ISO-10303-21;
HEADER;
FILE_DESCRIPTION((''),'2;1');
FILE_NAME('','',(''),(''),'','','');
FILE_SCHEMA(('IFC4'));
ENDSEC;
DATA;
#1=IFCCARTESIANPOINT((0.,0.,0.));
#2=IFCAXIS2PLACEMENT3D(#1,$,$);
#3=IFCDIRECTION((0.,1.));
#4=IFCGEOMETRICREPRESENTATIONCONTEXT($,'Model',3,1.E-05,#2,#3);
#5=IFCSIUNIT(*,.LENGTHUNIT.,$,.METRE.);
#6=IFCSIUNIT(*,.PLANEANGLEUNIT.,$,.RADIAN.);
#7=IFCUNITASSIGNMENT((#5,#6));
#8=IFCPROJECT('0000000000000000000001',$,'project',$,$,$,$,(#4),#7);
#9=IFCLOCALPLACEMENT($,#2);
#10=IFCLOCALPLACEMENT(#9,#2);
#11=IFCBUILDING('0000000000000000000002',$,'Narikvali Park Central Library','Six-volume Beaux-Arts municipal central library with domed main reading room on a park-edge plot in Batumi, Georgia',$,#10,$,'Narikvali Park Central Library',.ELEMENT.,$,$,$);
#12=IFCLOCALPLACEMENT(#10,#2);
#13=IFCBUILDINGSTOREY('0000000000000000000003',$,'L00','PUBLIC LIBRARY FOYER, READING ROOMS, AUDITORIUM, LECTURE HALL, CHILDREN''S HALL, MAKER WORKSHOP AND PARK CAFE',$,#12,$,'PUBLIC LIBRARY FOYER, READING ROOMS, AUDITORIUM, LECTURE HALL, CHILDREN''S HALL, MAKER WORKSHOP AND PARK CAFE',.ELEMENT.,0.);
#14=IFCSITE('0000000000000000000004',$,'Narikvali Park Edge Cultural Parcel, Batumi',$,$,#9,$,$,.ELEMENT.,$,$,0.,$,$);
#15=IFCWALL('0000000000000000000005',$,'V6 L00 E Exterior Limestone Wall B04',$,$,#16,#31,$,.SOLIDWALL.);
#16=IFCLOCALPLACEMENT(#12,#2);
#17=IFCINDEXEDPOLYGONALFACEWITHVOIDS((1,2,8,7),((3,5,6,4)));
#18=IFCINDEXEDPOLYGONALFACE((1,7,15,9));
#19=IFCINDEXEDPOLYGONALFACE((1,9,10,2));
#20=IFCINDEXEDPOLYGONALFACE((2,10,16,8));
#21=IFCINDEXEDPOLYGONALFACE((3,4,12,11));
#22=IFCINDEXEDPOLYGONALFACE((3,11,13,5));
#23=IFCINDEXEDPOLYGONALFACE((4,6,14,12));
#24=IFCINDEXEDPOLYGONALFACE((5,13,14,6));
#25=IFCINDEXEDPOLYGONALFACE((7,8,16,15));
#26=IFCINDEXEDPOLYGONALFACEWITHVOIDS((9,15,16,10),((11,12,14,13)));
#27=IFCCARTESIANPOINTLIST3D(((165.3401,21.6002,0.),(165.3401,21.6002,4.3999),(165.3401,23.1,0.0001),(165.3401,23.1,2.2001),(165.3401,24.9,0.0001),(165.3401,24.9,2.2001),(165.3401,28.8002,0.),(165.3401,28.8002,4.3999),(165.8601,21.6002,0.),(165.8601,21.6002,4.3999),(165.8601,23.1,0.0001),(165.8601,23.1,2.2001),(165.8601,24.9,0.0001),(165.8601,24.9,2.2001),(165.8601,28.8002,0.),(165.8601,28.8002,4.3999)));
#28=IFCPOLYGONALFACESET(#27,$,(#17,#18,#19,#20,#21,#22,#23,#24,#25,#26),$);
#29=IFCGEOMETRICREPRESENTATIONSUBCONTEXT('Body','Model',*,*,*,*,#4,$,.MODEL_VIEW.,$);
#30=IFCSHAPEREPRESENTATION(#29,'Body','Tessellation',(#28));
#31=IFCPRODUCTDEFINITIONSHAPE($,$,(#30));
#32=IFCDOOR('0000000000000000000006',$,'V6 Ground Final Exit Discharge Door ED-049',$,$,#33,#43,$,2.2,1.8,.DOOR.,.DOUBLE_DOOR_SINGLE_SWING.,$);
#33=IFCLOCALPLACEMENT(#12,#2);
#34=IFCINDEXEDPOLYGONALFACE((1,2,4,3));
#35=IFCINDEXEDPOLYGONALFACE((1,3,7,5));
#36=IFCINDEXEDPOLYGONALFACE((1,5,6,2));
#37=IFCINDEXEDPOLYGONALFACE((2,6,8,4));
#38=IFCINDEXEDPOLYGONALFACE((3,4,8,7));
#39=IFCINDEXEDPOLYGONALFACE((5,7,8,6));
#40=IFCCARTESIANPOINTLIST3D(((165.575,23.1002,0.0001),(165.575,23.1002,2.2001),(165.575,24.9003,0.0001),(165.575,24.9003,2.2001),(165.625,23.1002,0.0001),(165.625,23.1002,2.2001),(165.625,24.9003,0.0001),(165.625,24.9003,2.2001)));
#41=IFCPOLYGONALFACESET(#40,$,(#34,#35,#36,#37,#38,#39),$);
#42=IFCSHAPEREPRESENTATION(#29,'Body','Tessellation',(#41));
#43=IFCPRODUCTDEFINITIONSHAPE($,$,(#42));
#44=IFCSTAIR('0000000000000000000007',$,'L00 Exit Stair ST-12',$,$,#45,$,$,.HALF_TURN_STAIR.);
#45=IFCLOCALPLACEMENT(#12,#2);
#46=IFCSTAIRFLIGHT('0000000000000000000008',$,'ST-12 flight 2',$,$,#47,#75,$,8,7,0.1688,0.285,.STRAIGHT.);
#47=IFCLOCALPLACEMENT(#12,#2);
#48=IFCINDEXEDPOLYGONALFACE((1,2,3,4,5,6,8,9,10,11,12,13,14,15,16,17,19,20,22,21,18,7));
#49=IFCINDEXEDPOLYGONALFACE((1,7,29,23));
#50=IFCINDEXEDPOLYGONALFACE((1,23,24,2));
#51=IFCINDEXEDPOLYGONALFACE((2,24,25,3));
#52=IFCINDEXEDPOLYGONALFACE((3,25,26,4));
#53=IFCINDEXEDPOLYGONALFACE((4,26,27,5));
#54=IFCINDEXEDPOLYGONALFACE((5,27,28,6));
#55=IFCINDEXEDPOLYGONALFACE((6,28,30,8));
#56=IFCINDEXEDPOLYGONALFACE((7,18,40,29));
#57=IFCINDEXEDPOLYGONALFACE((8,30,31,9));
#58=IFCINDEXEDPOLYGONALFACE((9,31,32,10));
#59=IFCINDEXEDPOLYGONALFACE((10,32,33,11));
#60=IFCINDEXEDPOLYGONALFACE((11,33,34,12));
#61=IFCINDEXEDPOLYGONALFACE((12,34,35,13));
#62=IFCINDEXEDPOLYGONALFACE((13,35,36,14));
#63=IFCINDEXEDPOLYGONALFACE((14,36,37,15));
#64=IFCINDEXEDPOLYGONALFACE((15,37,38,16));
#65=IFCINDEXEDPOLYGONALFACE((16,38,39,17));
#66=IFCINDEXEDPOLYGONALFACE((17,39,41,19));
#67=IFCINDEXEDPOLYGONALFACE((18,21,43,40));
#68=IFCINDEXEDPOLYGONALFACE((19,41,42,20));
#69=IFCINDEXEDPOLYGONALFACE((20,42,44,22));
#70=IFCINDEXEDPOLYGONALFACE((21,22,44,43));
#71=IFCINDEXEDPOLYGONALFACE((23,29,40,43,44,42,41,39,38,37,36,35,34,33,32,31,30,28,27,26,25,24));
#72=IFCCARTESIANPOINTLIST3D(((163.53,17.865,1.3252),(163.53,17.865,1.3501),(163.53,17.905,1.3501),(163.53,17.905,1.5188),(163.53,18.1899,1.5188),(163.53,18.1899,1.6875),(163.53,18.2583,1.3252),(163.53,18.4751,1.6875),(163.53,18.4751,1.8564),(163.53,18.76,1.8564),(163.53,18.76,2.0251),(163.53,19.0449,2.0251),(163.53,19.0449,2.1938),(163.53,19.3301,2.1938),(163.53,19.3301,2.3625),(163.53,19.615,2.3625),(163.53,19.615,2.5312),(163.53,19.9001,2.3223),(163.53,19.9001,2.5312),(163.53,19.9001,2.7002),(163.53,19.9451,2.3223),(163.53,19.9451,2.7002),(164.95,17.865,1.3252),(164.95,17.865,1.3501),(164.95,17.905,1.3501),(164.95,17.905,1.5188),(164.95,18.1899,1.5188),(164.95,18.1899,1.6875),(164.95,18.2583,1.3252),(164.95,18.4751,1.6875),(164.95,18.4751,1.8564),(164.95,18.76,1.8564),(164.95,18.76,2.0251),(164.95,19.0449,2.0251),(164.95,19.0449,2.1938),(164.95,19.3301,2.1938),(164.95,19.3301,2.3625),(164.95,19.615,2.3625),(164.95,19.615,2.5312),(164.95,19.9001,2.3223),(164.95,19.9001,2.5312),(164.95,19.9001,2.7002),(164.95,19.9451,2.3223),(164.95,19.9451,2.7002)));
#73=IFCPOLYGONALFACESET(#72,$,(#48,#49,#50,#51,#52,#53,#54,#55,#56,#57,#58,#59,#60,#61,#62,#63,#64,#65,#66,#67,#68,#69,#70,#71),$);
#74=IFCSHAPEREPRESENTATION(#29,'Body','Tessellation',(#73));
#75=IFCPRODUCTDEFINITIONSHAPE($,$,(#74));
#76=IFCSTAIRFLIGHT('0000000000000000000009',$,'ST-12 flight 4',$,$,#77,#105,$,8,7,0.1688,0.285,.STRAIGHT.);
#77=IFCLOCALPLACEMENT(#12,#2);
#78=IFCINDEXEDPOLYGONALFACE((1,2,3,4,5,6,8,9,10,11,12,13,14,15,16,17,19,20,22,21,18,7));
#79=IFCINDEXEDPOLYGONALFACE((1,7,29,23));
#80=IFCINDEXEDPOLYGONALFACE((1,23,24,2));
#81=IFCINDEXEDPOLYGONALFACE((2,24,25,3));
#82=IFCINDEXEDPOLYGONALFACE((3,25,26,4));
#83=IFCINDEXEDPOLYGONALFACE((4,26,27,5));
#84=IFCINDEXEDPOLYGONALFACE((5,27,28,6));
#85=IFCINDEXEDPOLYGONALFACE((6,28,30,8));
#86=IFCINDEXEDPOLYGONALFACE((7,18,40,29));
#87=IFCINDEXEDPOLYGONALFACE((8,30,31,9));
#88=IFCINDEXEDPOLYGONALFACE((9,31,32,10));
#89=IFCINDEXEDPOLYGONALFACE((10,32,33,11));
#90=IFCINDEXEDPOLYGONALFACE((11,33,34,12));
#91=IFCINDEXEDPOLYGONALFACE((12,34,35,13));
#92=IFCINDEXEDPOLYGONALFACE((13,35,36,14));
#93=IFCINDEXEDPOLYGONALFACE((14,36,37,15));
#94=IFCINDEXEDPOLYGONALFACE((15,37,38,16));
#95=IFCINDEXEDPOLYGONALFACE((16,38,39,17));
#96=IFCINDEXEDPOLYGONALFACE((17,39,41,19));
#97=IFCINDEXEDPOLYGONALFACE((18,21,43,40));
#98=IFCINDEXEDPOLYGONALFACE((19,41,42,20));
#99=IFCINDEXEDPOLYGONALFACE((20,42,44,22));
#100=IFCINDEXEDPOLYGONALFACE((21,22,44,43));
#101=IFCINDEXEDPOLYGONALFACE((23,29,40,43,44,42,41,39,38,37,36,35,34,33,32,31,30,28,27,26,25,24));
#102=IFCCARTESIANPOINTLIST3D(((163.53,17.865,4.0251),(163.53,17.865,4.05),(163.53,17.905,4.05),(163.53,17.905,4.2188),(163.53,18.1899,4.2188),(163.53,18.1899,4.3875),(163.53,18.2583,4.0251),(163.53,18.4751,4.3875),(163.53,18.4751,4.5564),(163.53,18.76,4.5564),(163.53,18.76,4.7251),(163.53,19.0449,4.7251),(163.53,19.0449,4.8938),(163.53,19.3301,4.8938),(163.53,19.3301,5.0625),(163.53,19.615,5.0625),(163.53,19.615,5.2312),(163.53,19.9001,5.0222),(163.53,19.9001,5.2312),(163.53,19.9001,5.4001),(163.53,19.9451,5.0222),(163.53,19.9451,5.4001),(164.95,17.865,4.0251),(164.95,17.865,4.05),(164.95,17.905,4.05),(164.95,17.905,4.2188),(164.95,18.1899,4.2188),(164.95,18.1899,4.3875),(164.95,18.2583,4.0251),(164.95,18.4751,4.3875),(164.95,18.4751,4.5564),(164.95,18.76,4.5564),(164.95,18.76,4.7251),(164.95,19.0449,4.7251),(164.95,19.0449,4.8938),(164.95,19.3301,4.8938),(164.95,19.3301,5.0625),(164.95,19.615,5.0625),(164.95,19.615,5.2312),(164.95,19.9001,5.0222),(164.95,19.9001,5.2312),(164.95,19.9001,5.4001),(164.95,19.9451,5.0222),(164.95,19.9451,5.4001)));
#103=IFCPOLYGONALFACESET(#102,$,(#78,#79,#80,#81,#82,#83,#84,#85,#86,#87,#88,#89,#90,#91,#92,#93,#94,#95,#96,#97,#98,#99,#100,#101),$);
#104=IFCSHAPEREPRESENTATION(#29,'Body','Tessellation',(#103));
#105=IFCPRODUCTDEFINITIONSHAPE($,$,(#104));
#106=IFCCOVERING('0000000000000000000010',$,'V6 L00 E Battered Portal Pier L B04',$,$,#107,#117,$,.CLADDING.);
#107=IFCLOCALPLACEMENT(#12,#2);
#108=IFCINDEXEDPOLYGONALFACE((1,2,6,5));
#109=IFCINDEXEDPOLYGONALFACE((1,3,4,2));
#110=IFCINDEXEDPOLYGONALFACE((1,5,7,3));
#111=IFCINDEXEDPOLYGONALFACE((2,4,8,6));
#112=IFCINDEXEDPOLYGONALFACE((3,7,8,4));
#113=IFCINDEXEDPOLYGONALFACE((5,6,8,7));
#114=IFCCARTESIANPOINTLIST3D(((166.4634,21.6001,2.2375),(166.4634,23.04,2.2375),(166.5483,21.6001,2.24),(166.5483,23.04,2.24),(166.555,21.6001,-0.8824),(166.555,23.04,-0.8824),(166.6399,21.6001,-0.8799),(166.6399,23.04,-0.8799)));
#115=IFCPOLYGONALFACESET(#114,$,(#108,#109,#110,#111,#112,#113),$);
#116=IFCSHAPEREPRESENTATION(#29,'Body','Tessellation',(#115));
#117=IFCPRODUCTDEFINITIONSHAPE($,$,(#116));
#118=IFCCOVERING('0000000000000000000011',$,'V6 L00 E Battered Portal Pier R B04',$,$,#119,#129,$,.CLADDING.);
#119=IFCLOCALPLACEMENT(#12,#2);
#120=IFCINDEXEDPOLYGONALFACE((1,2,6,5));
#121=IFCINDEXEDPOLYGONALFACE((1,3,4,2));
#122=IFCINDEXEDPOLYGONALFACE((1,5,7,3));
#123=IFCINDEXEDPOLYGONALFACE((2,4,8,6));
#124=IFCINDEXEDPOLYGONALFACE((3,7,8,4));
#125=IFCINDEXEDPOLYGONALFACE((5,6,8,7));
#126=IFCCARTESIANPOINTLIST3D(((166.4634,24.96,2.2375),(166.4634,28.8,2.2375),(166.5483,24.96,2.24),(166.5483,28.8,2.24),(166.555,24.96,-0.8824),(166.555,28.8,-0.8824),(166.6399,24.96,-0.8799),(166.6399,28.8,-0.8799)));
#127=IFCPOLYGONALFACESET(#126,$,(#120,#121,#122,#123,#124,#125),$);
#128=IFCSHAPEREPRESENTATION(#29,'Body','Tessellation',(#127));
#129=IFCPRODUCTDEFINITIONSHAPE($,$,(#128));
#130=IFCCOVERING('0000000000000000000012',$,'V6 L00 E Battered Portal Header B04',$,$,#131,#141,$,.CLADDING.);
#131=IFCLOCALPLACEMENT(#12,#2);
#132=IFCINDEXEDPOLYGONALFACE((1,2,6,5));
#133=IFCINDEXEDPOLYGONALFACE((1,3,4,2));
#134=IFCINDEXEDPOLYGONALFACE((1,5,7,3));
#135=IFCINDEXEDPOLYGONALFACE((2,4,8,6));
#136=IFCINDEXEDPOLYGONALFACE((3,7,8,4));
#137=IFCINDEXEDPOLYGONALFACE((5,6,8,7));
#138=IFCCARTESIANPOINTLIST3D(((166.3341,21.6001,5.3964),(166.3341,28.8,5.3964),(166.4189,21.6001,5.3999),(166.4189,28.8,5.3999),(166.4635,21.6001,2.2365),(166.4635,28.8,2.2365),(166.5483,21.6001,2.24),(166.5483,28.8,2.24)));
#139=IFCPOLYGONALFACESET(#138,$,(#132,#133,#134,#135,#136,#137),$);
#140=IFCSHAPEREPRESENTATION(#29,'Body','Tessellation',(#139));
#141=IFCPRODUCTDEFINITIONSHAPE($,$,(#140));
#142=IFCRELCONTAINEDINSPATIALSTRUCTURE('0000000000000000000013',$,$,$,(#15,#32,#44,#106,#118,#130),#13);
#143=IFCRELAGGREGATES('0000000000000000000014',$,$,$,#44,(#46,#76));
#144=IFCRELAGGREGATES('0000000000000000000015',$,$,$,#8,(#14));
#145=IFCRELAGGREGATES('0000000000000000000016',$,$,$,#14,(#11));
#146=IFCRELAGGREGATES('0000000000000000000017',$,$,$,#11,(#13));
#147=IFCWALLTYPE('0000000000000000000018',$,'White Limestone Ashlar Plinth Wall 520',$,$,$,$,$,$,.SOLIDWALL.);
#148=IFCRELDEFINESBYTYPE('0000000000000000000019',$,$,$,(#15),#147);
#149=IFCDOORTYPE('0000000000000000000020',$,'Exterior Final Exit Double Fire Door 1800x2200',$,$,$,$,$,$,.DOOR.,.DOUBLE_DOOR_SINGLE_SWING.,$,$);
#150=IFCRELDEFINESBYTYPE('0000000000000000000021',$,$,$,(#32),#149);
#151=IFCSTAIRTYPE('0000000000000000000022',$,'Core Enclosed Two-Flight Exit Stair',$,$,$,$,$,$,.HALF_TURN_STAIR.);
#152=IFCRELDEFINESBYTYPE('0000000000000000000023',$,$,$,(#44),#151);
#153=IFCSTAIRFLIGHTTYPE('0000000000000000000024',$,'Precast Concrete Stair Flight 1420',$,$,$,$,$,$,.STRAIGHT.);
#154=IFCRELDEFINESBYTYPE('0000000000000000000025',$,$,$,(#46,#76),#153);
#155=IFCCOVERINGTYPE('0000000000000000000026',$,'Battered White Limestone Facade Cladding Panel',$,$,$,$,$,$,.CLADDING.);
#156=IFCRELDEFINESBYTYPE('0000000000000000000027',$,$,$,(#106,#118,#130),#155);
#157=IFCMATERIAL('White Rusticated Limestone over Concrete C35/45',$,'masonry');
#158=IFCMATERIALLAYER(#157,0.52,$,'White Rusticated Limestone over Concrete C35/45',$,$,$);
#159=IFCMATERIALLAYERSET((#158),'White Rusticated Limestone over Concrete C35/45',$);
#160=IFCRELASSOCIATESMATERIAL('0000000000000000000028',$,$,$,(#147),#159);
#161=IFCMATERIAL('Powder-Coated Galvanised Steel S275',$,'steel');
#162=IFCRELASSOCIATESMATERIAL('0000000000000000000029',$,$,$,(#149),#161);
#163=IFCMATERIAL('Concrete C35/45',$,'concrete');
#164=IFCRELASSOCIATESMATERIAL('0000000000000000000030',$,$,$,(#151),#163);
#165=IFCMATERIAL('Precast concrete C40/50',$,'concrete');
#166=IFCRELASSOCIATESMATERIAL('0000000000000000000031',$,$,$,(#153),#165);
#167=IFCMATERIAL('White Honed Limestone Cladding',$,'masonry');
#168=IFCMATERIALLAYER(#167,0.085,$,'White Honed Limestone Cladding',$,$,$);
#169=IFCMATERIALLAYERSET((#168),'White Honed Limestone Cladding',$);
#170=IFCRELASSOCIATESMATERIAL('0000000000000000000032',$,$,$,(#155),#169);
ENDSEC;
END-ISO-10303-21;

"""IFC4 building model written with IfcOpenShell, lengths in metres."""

from ifc_helpers import new_model, si_unit, direction, frame, frame_2d, origin, place, context, subcontext, project, spatial, polyline, rectangle, outline, extrude, material, layer, layer_set, type_object, element, fill, aggregate, save


model = new_model("IFC4")

# Units and contexts
model_context = context("Model", 3, precision=1e-05, world=origin(), true_north=direction((0.0, 1.0)))
body_context = subcontext(model_context, "Body", "Model", "MODEL_VIEW")
ifc_project = project(units=[si_unit("LENGTHUNIT", "METRE"), si_unit("PLANEANGLEUNIT", "RADIAN")], contexts=[model_context])

# Site, building, storey
site_placement = place(None, origin())
site = spatial("IfcSite", under=ifc_project, at=site_placement, Name="Narikvali Park Edge Cultural Parcel, Batumi", CompositionType="ELEMENT", RefElevation=0.0)
building_placement = place(site_placement, origin())
building = spatial("IfcBuilding", under=site, at=building_placement, Name="Narikvali Park Central Library", Description="Six-volume Beaux-Arts municipal central library with domed main reading room on a park-edge plot in Batumi, Georgia", LongName="Narikvali Park Central Library", CompositionType="ELEMENT")
storey_placement = place(building_placement, origin())
storey = spatial("IfcBuildingStorey", under=building, at=storey_placement, Name="L00", Description="PUBLIC LIBRARY FOYER, READING ROOMS, AUDITORIUM, LECTURE HALL, CHILDREN'S HALL, MAKER WORKSHOP AND PARK CAFE", LongName="PUBLIC LIBRARY FOYER, READING ROOMS, AUDITORIUM, LECTURE HALL, CHILDREN'S HALL, MAKER WORKSHOP AND PARK CAFE", CompositionType="ELEMENT", Elevation=0.0)

# Wall, opening, door
ifc_material_1 = material(Name="White Rusticated Limestone over Concrete C35/45", Category="masonry")
ifc_layer_1 = layer(ifc_material_1, 0.52, Name="White Rusticated Limestone over Concrete C35/45")
ifc_layer_set_1 = layer_set([ifc_layer_1], Name="White Rusticated Limestone over Concrete C35/45")
wall_type_1 = type_object("IfcWallType", Name="White Limestone Ashlar Plinth Wall 520", PredefinedType="SOLIDWALL", material=ifc_layer_set_1)
wall_1_placement = place(storey_placement, frame((165.6001, 21.6001, 0.0), z_axis=(0.0, 0.0, 1.0), x_axis=(0.0, 1.0, 0.0)))
wall_1 = element("IfcWall", 1, at=wall_1_placement, inside=storey, type_object=wall_type_1, Name="V6 L00 E Exterior Limestone Wall B04", PredefinedType="SOLIDWALL", context=body_context, shape_type="SweptSolid", body=[
    extrude(rectangle(XDim=7.2, YDim=0.52, at=frame_2d((3.6001, 0.0))), origin(), (0.0, 0.0, 1.0), 4.3999),
])
opening_1_placement = place(wall_1_placement, frame((1.5, 0.0, 0.0)))
opening_1 = element("IfcOpeningElement", 2, at=opening_1_placement, cuts=wall_1, PredefinedType="OPENING", context=body_context, shape_type="SweptSolid", body=[
    extrude(rectangle(XDim=1.8, YDim=2.2, at=frame_2d((0.8999, 1.1001))), frame((0.0, 0.272, 0.0), z_axis=(0.0, -1.0, 0.0), x_axis=(1.0, 0.0, 0.0)), (0.0, 0.0, 1.0), 0.5439),
])
ifc_material_2 = material(Name="Powder-Coated Galvanised Steel S275", Category="steel")
door_type_1 = type_object("IfcDoorType", Name="Exterior Final Exit Double Fire Door 1800x2200", OperationType="DOUBLE_DOOR_SINGLE_SWING", PredefinedType="DOOR", material=ifc_material_2)
door_1_placement = place(opening_1_placement, frame((1.8, 0.0, 0.0), z_axis=(0.0, 0.0, 1.0), x_axis=(-1.0, 0.0, 0.0)))
door_1 = element("IfcDoor", 3, at=door_1_placement, inside=storey, type_object=door_type_1, Name="V6 Ground Final Exit Discharge Door ED-049", OperationType="DOUBLE_DOOR_SINGLE_SWING", OverallHeight=2.2, OverallWidth=1.8, PredefinedType="DOOR", context=body_context, shape_type="SweptSolid", body=[
    extrude(rectangle(XDim=1.8, YDim=2.2, at=frame_2d((0.8999, 1.1001))), frame((0.0, 0.0249, 0.0), z_axis=(0.0, -1.0, 0.0), x_axis=(1.0, 0.0, 0.0)), (0.0, 0.0, 1.0), 0.05),
])
fill(opening_1, door_1)

# Stair, stair flights
ifc_material_3 = material(Name="Concrete C35/45", Category="concrete")
stair_type = type_object("IfcStairType", Name="Core Enclosed Two-Flight Exit Stair", PredefinedType="HALF_TURN_STAIR", material=ifc_material_3)
stair_placement = place(storey_placement, origin())
stair = element("IfcStair", 4, at=stair_placement, inside=storey, type_object=stair_type, Name="L00 Exit Stair ST-12", PredefinedType="HALF_TURN_STAIR")
ifc_material_4 = material(Name="Precast concrete C40/50", Category="concrete")
stair_flight_type = type_object("IfcStairFlightType", Name="Precast Concrete Stair Flight 1420", PredefinedType="STRAIGHT", material=ifc_material_4)
stair_flight_1_placement = place(storey_placement, frame((164.24, 17.905, 1.3501), z_axis=(0.0, 0.0, 1.0), x_axis=(0.0, 1.0, 0.0)))
stair_flight_1 = element("IfcStairFlight", 5, at=stair_flight_1_placement, type_object=stair_flight_type, Name="ST-12 flight 2", NumberOfRisers=8, NumberOfTreads=7, PredefinedType="STRAIGHT", RiserHeight=0.1688, TreadLength=0.285, context=body_context, shape_type="SweptSolid", body=[
    extrude(outline(polyline([(-0.04, -0.0249), (-0.04, 0.0), (0.0, 0.0), (0.0, 0.1687), (0.2849, 0.1687), (0.2849, 0.3374), (0.5701, 0.3374), (0.5701, 0.5063), (0.855, 0.5063), (0.855, 0.675), (1.1399, 0.675), (1.1399, 0.8438), (1.425, 0.8438), (1.425, 1.0125), (1.71, 1.0125), (1.71, 1.1812), (1.9951, 1.1812), (1.9951, 1.3501), (2.04, 1.3501), (2.04, 0.9722), (1.9951, 0.9722), (0.3533, -0.0249), (-0.04, -0.0249)])), frame((0.0, 0.71, 0.0), z_axis=(0.0, -1.0, 0.0), x_axis=(1.0, 0.0, 0.0)), (0.0, 0.0, 1.0), 1.4199),
])
stair_flight_2_placement = place(storey_placement, frame((164.24, 17.905, 4.05), z_axis=(0.0, 0.0, 1.0), x_axis=(0.0, 1.0, 0.0)))
stair_flight_2 = element("IfcStairFlight", 6, at=stair_flight_2_placement, type_object=stair_flight_type, Name="ST-12 flight 4", NumberOfRisers=8, NumberOfTreads=7, PredefinedType="STRAIGHT", RiserHeight=0.1688, TreadLength=0.285, context=body_context, shape_type="SweptSolid", body=[
    extrude(outline(polyline([(-0.04, -0.0249), (-0.04, 0.0), (0.0, 0.0), (0.0, 0.1687), (0.2849, 0.1687), (0.2849, 0.3374), (0.5701, 0.3374), (0.5701, 0.5063), (0.855, 0.5063), (0.855, 0.675), (1.1399, 0.675), (1.1399, 0.8438), (1.425, 0.8438), (1.425, 1.0125), (1.71, 1.0125), (1.71, 1.1812), (1.9951, 1.1812), (1.9951, 1.3501), (2.04, 1.3501), (2.04, 0.9722), (1.9951, 0.9722), (0.3533, -0.0249), (-0.04, -0.0249)])), frame((0.0, 0.71, 0.0), z_axis=(0.0, -1.0, 0.0), x_axis=(1.0, 0.0, 0.0)), (0.0, 0.0, 1.0), 1.4199),
])
aggregate(stair, [stair_flight_1, stair_flight_2])

# Coverings
ifc_material_5 = material(Name="White Honed Limestone Cladding", Category="masonry")
ifc_layer_2 = layer(ifc_material_5, 0.085, Name="White Honed Limestone Cladding")
ifc_layer_set_2 = layer_set([ifc_layer_2], Name="White Honed Limestone Cladding")
covering_type = type_object("IfcCoveringType", Name="Battered White Limestone Facade Cladding Panel", PredefinedType="CLADDING", material=ifc_layer_set_2)
covering_1_placement = place(storey_placement, frame((166.6399, 21.6001, -0.8799), z_axis=(0.99957, 0.0, 0.029332), x_axis=(0.0, 1.0, 0.0)))
element("IfcCovering", 7, at=covering_1_placement, inside=storey, type_object=covering_type, Name="V6 L00 E Battered Portal Pier L B04", PredefinedType="CLADDING", context=body_context, shape_type="SweptSolid", body=[
    extrude(outline(polyline([(0.0, 0.0), (1.4399, 0.0), (1.4399, 3.1212), (0.0, 3.1212), (0.0, 0.0)])), origin(), (0.0, 0.0, -1.0), 0.085),
])
covering_2_placement = place(storey_placement, frame((166.6399, 24.96, -0.8799), z_axis=(0.99957, 0.0, 0.029332), x_axis=(0.0, 1.0, 0.0)))
element("IfcCovering", 8, at=covering_2_placement, inside=storey, type_object=covering_type, Name="V6 L00 E Battered Portal Pier R B04", PredefinedType="CLADDING", context=body_context, shape_type="SweptSolid", body=[
    extrude(outline(polyline([(0.0, 0.0), (3.8401, 0.0), (3.8401, 3.1212), (0.0, 3.1212), (0.0, 0.0)])), origin(), (0.0, 0.0, -1.0), 0.085),
])
covering_3_placement = place(storey_placement, frame((166.5483, 21.6001, 2.24), z_axis=(0.999163, 0.0, 0.040914), x_axis=(0.0, 1.0, 0.0)))
element("IfcCovering", 9, at=covering_3_placement, inside=storey, type_object=covering_type, Name="V6 L00 E Battered Portal Header B04", PredefinedType="CLADDING", context=body_context, shape_type="SweptSolid", body=[
    extrude(outline(polyline([(0.0, 0.0), (7.2, 0.0), (7.2, 3.1626), (0.0, 3.1626), (0.0, 0.0)])), origin(), (0.0, 0.0, -1.0), 0.085),
])

save(model, "model.ifc")
